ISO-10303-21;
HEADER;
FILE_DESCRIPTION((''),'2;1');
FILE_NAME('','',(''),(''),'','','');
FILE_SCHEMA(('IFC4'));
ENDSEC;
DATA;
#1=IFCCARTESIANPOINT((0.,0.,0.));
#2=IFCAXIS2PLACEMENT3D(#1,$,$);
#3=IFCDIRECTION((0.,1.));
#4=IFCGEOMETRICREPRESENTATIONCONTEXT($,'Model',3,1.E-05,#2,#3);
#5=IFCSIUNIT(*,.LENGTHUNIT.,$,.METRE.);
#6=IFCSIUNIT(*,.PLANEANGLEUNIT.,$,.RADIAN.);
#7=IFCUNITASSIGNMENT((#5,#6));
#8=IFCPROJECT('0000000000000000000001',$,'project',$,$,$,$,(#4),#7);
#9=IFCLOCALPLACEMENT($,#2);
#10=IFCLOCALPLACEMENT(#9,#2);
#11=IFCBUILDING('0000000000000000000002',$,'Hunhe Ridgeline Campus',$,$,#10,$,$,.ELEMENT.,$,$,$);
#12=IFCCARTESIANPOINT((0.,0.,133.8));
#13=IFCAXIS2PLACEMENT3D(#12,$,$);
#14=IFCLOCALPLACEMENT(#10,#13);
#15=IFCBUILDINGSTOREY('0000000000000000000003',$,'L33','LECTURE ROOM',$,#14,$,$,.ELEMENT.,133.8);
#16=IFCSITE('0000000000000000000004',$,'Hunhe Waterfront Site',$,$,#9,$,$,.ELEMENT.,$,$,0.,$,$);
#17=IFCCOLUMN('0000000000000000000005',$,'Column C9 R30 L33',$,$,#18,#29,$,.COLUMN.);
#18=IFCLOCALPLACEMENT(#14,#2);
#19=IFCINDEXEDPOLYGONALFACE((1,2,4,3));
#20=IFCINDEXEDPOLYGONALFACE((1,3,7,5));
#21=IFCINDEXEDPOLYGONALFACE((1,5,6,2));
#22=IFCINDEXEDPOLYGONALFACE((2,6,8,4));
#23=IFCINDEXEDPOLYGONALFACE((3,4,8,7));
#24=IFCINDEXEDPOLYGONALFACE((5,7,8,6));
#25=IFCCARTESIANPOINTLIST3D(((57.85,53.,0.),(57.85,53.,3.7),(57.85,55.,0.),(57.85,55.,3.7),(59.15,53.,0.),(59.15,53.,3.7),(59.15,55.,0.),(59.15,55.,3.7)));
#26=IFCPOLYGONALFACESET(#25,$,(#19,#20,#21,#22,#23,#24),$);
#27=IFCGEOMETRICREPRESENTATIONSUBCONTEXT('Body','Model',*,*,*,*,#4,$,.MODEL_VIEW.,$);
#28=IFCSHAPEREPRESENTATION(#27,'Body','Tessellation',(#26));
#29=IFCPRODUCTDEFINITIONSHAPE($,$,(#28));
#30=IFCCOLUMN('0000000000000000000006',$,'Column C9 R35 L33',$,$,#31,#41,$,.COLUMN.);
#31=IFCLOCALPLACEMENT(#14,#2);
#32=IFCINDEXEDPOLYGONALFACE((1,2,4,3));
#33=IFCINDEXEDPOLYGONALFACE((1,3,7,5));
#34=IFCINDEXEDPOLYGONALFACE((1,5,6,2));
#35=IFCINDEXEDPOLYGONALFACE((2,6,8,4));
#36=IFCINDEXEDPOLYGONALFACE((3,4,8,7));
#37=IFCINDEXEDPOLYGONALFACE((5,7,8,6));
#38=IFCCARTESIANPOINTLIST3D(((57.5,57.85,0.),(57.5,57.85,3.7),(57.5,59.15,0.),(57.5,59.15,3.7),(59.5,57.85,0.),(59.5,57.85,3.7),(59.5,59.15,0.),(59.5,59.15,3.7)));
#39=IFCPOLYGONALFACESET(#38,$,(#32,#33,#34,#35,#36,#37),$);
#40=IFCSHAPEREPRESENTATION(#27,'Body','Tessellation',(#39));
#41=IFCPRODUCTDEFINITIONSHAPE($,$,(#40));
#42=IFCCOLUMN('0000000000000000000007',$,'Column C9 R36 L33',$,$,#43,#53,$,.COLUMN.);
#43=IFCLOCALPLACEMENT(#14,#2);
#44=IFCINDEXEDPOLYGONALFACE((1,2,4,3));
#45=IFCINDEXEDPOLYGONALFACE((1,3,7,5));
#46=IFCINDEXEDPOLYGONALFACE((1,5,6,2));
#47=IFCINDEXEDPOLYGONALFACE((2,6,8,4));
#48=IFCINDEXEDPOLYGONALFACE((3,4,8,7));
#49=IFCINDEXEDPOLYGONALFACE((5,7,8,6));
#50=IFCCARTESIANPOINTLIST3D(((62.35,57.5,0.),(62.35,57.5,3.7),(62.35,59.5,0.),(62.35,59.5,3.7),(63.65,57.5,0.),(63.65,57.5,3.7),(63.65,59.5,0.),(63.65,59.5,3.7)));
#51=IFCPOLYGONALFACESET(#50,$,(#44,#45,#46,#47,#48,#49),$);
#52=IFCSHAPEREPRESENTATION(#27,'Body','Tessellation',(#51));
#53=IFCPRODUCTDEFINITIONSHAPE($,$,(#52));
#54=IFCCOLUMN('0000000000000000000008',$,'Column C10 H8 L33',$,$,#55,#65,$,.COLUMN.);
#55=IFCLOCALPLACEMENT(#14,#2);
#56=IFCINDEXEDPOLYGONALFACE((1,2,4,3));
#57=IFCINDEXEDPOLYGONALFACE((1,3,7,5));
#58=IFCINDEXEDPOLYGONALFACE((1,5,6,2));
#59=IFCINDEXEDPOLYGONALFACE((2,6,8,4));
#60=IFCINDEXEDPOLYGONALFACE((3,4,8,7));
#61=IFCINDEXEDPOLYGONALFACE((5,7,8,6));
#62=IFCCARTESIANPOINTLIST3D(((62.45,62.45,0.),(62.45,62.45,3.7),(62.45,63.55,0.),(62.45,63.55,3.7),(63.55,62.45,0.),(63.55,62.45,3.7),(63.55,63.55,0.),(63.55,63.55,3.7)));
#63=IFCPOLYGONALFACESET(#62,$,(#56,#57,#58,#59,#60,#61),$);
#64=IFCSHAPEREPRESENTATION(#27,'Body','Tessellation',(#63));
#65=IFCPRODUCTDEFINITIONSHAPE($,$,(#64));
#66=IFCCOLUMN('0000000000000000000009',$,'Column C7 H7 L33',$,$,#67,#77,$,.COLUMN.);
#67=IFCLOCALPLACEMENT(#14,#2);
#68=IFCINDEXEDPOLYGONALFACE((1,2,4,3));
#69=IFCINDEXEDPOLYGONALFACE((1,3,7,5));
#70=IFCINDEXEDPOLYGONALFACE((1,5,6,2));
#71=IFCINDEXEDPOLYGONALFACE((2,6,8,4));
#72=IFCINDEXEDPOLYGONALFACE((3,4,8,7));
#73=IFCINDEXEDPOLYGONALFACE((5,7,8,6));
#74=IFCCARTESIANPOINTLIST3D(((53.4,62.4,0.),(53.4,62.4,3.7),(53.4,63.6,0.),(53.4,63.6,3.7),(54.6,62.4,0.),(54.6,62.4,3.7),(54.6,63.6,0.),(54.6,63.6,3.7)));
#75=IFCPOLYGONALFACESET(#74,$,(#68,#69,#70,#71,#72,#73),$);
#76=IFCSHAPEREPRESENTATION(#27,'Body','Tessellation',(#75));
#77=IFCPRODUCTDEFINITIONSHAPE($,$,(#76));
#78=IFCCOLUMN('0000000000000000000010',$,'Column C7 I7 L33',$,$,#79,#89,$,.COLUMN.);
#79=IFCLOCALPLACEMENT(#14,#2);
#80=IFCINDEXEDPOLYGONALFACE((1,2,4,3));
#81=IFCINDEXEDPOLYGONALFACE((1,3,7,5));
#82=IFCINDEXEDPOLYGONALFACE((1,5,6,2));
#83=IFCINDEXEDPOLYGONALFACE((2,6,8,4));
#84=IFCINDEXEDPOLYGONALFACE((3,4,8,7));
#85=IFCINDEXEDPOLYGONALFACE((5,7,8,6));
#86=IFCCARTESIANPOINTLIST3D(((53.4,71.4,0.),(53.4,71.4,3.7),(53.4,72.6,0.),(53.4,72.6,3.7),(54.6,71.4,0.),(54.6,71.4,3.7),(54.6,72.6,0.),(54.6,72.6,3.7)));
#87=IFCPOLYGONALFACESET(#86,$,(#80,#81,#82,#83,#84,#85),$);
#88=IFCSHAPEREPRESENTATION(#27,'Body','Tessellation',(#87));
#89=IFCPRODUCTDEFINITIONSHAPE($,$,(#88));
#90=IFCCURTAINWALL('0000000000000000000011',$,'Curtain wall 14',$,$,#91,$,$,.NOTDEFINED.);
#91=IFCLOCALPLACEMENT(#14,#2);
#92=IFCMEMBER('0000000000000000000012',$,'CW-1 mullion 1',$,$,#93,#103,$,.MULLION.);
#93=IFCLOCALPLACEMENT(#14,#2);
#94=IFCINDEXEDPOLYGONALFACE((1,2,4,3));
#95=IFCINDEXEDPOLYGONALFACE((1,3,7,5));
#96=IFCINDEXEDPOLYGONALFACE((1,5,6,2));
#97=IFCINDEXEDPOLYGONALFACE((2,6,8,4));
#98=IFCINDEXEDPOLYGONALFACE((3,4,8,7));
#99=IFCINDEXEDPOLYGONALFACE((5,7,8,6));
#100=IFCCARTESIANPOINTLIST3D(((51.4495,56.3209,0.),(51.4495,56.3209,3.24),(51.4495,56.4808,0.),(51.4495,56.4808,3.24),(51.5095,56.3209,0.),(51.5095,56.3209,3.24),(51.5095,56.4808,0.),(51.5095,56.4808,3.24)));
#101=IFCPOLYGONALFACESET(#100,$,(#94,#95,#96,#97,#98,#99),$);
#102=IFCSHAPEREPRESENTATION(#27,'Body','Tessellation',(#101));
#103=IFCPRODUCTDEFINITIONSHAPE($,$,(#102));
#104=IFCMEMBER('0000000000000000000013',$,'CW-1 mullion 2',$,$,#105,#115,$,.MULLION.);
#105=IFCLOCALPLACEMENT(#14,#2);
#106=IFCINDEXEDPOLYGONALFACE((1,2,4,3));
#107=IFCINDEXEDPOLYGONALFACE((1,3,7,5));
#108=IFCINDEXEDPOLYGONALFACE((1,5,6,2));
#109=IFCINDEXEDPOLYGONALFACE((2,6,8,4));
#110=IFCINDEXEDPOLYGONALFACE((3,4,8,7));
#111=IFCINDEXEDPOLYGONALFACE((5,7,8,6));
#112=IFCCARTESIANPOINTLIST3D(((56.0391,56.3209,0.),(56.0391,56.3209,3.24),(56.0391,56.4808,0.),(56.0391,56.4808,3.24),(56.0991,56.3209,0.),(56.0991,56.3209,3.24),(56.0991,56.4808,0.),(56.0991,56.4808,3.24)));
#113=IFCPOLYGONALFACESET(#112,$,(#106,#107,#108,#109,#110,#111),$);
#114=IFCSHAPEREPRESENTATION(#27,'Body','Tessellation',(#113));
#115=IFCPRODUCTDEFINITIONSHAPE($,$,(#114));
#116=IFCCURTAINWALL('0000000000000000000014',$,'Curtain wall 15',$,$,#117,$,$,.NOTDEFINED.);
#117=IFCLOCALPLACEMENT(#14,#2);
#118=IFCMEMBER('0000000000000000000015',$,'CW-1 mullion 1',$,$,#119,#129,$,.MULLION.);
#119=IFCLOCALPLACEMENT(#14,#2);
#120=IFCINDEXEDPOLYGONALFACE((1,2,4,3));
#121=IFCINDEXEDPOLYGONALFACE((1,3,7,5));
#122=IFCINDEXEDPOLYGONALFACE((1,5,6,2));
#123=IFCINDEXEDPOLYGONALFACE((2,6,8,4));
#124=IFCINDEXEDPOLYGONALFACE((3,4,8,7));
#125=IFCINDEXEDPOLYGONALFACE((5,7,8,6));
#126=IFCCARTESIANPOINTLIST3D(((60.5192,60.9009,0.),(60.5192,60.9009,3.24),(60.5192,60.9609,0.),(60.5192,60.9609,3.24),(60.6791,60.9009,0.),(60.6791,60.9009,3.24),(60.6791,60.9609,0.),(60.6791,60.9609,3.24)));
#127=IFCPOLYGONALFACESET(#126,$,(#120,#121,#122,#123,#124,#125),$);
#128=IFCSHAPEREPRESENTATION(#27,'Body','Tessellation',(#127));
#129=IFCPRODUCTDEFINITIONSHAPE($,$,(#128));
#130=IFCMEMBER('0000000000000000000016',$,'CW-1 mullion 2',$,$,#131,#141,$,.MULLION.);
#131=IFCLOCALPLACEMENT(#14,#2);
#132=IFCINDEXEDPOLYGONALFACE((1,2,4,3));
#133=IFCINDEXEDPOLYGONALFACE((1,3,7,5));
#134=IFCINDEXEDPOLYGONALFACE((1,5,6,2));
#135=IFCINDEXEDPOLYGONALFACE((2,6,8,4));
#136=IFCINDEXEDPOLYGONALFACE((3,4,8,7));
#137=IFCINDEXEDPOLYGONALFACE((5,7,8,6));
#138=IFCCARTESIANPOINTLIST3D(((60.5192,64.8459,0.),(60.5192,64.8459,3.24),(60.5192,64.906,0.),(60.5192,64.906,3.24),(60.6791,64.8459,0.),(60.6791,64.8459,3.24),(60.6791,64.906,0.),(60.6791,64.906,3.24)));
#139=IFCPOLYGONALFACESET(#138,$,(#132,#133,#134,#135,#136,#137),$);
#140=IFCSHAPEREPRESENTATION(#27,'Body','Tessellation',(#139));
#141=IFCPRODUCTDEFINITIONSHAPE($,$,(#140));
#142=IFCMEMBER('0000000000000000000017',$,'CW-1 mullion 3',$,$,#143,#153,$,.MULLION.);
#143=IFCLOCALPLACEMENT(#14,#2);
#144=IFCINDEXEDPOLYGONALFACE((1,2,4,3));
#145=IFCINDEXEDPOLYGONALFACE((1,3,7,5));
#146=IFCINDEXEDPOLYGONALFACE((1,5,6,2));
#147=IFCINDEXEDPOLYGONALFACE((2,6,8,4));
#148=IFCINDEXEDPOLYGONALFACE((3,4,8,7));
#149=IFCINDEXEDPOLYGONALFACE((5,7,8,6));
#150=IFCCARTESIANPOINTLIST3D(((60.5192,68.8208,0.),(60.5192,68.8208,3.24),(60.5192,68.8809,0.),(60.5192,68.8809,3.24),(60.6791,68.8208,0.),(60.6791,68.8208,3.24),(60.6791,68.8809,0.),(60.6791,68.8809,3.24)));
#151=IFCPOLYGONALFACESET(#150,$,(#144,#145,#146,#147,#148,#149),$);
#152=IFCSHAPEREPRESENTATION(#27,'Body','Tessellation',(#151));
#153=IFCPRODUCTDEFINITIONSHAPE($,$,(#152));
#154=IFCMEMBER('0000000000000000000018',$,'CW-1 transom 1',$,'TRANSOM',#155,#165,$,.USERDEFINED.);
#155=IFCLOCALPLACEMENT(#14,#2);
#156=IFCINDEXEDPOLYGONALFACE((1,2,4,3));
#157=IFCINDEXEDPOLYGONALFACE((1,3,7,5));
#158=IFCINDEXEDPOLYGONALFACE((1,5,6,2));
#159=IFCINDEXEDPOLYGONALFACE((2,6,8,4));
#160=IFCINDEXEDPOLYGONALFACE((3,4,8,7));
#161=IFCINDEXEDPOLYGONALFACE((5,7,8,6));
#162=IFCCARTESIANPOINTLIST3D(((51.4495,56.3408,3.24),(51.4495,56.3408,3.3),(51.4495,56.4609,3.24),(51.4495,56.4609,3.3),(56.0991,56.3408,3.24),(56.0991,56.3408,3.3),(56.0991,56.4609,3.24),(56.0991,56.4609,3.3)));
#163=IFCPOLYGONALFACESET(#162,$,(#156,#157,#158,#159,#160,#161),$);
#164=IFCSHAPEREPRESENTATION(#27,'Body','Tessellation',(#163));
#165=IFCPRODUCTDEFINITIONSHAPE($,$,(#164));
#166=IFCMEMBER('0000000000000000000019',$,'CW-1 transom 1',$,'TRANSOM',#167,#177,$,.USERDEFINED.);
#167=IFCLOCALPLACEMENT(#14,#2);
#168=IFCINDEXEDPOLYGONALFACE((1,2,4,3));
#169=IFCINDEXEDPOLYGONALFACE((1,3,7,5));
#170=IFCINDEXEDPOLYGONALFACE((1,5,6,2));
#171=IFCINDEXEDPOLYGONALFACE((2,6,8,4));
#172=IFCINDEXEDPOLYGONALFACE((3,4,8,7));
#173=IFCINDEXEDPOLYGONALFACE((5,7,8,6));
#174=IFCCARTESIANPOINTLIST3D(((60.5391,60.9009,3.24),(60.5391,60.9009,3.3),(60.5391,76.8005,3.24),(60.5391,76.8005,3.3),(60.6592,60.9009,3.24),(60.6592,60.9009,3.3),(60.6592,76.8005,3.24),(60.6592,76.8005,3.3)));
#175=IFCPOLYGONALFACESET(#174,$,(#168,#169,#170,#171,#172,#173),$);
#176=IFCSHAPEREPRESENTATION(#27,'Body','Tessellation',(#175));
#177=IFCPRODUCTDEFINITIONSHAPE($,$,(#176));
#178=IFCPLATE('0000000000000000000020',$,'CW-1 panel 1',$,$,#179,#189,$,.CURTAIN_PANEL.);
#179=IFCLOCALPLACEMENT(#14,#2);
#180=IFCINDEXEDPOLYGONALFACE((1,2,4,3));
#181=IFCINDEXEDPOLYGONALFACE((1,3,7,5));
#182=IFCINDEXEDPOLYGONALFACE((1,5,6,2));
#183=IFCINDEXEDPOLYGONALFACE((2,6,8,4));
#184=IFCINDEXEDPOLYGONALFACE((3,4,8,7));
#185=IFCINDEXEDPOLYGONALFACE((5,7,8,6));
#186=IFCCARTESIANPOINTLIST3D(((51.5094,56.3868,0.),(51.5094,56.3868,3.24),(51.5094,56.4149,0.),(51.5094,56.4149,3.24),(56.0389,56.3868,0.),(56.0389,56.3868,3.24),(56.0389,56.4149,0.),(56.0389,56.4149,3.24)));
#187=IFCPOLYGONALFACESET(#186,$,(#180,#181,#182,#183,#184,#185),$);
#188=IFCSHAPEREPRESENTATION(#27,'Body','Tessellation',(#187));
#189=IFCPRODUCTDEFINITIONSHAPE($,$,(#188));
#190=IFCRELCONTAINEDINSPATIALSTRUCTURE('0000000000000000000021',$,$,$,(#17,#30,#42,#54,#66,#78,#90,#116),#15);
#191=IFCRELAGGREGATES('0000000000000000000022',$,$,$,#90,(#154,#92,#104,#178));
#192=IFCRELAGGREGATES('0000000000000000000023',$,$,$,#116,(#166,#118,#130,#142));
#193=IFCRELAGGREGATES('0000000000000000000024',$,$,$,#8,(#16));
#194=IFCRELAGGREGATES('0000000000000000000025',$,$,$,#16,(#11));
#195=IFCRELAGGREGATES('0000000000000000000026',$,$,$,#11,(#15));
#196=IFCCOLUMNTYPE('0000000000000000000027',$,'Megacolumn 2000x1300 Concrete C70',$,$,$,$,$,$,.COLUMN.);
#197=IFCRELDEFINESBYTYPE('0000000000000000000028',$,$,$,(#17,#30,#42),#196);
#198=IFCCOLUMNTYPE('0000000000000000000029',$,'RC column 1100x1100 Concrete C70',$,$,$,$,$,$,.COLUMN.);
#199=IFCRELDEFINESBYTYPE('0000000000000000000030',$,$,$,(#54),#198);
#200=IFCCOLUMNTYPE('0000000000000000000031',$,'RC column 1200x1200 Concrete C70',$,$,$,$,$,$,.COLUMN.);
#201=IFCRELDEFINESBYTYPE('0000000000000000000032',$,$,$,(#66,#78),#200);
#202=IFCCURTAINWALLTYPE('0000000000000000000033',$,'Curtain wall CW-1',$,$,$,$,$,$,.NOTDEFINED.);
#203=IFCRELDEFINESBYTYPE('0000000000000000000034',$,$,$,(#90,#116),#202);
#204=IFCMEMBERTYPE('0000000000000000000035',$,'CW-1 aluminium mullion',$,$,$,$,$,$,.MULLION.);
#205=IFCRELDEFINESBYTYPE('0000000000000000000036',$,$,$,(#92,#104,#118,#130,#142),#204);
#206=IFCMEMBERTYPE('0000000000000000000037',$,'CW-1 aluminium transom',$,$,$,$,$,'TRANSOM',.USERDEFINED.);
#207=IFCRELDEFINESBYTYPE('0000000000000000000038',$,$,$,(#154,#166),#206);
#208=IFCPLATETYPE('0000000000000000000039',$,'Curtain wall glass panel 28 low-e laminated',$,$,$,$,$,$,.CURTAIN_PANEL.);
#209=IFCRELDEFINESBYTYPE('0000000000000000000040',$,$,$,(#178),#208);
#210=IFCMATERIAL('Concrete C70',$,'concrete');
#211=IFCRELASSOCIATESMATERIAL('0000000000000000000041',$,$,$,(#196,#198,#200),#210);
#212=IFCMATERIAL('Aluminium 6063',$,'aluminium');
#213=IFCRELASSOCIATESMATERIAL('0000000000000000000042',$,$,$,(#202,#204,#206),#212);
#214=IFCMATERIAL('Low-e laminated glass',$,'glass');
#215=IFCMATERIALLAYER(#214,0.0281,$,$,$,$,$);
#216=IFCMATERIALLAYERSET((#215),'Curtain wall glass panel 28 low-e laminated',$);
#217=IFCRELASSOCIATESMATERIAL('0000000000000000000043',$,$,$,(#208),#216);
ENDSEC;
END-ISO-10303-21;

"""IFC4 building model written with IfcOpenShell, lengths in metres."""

from ifc_helpers import new_model, si_unit, direction, frame, origin, origin_2d, place, context, subcontext, project, spatial, rectangle, extrude, material, layer, layer_set, material_profile, profile_set, type_object, element, aggregate, save


model = new_model("IFC4")

# Units and contexts
model_context = context("Model", 3, precision=1e-05, world=origin(), true_north=direction((0.0, 1.0)))
body_context = subcontext(model_context, "Body", "Model", "MODEL_VIEW")
ifc_project = project(units=[si_unit("LENGTHUNIT", "METRE"), si_unit("PLANEANGLEUNIT", "RADIAN")], contexts=[model_context])

# Site, building, storey
site_placement = place(None, origin())
site = spatial("IfcSite", under=ifc_project, at=site_placement, Name="Hunhe Waterfront Site", CompositionType="ELEMENT", RefElevation=0.0)
building_placement = place(site_placement, origin())
building = spatial("IfcBuilding", under=site, at=building_placement, Name="Hunhe Ridgeline Campus", CompositionType="ELEMENT")
storey_placement = place(building_placement, frame((0.0, 0.0, 133.8)))
storey = spatial("IfcBuildingStorey", under=building, at=storey_placement, Name="L33", Description="LECTURE ROOM", CompositionType="ELEMENT", Elevation=133.8)

# Columns
ifc_material_1 = material(Name="Concrete C70", Category="concrete")
ifc_material_profile_1 = material_profile(ifc_material_1, rectangle(XDim=2.0, YDim=1.3, at=origin_2d()))
ifc_profile_set_1 = profile_set([ifc_material_profile_1], Name="Concrete C70")
column_type_1 = type_object("IfcColumnType", Name="Megacolumn 2000x1300 Concrete C70", PredefinedType="COLUMN", material=ifc_profile_set_1)
for number, where, z_axis, x_axis, name in (
    (1, (58.5, 54.0, 0.0), (0.0, 0.0, 1.0), (0.0, 1.0, 0.0), "Column C9 R30 L33"),
    (2, (58.5, 58.5, 0.0), (0.0, 0.0, 1.0), (1.0, 0.0, 0.0), "Column C9 R35 L33"),
    (3, (63.0, 58.5, 0.0), (0.0, 0.0, 1.0), (0.0, 1.0, 0.0), "Column C9 R36 L33"),
):
    element("IfcColumn", number, at=place(storey_placement, frame(where, z_axis=z_axis, x_axis=x_axis)), inside=storey, type_object=column_type_1, Name=name, PredefinedType="COLUMN", context=body_context, shape_type="SweptSolid", body=[
        extrude(rectangle(XDim=2.0, YDim=1.3, at=origin_2d()), origin(), (0.0, 0.0, 1.0), 3.7),
    ])
ifc_material_profile_2 = material_profile(ifc_material_1, rectangle(XDim=1.1001, YDim=1.1001, at=origin_2d()))
ifc_profile_set_2 = profile_set([ifc_material_profile_2], Name="Concrete C70")
column_type_2 = type_object("IfcColumnType", Name="RC column 1100x1100 Concrete C70", PredefinedType="COLUMN", material=ifc_profile_set_2)
column_placement = place(storey_placement, frame((63.0, 63.0, 0.0), z_axis=(0.0, 0.0, 1.0), x_axis=(1.0, 0.0, 0.0)))
element("IfcColumn", 4, at=column_placement, inside=storey, type_object=column_type_2, Name="Column C10 H8 L33", PredefinedType="COLUMN", context=body_context, shape_type="SweptSolid", body=[
    extrude(rectangle(XDim=1.1001, YDim=1.1001, at=origin_2d()), origin(), (0.0, 0.0, 1.0), 3.7),
])
ifc_material_profile_3 = material_profile(ifc_material_1, rectangle(XDim=1.2, YDim=1.2, at=origin_2d()))
ifc_profile_set_3 = profile_set([ifc_material_profile_3], Name="Concrete C70")
column_type_3 = type_object("IfcColumnType", Name="RC column 1200x1200 Concrete C70", PredefinedType="COLUMN", material=ifc_profile_set_3)
for number, where, z_axis, x_axis, name in (
    (5, (54.0, 63.0, 0.0), (0.0, 0.0, 1.0), (1.0, 0.0, 0.0), "Column C7 H7 L33"),
    (6, (54.0, 72.0, 0.0), (0.0, 0.0, 1.0), (1.0, 0.0, 0.0), "Column C7 I7 L33"),
):
    element("IfcColumn", number, at=place(storey_placement, frame(where, z_axis=z_axis, x_axis=x_axis)), inside=storey, type_object=column_type_3, Name=name, PredefinedType="COLUMN", context=body_context, shape_type="SweptSolid", body=[
        extrude(rectangle(XDim=1.2, YDim=1.2, at=origin_2d()), origin(), (0.0, 0.0, 1.0), 3.7),
    ])

# Curtain walls, members
ifc_material_2 = material(Name="Aluminium 6063", Category="aluminium")
curtain_wall_type = type_object("IfcCurtainWallType", Name="Curtain wall CW-1", PredefinedType="NOTDEFINED", material=ifc_material_2)
curtain_wall_1_placement = place(storey_placement, origin())
curtain_wall_1 = element("IfcCurtainWall", 7, at=curtain_wall_1_placement, inside=storey, type_object=curtain_wall_type, Name="Curtain wall 14", PredefinedType="NOTDEFINED")
ifc_material_profile_4 = material_profile(ifc_material_2, rectangle(XDim=0.1599, YDim=0.0601, at=origin_2d()))
ifc_profile_set_4 = profile_set([ifc_material_profile_4], Name="Aluminium 6063")
member_type_1 = type_object("IfcMemberType", Name="CW-1 aluminium mullion", PredefinedType="MULLION", material=ifc_profile_set_4)
member_1_placement = place(storey_placement, frame((51.4795, 56.4009, 0.0), z_axis=(0.0, 0.0, 1.0), x_axis=(-0.000002, 1.0, 0.0)))
member_1 = element("IfcMember", 8, at=member_1_placement, type_object=member_type_1, Name="CW-1 mullion 1", PredefinedType="MULLION", context=body_context, shape_type="SweptSolid", body=[
    extrude(rectangle(XDim=0.1599, YDim=0.0601, at=origin_2d()), origin(), (0.0, 0.0, 1.0), 3.24),
])
member_2_placement = place(storey_placement, frame((56.0691, 56.4009, 0.0), z_axis=(0.0, 0.0, 1.0), x_axis=(-0.000002, 1.0, 0.0)))
member_2 = element("IfcMember", 9, at=member_2_placement, type_object=member_type_1, Name="CW-1 mullion 2", PredefinedType="MULLION", context=body_context, shape_type="SweptSolid", body=[
    extrude(rectangle(XDim=0.1599, YDim=0.0601, at=origin_2d()), origin(), (0.0, 0.0, 1.0), 3.24),
])
curtain_wall_2_placement = place(storey_placement, origin())
curtain_wall_2 = element("IfcCurtainWall", 10, at=curtain_wall_2_placement, inside=storey, type_object=curtain_wall_type, Name="Curtain wall 15", PredefinedType="NOTDEFINED")
member_3_placement = place(storey_placement, frame((60.5991, 60.9309, 0.0), z_axis=(0.0, 0.0, 1.0), x_axis=(-1.0, 0.0, 0.0)))
member_3 = element("IfcMember", 11, at=member_3_placement, type_object=member_type_1, Name="CW-1 mullion 1", PredefinedType="MULLION", context=body_context, shape_type="SweptSolid", body=[
    extrude(rectangle(XDim=0.1599, YDim=0.0601, at=origin_2d()), origin(), (0.0, 0.0, 1.0), 3.24),
])
member_4_placement = place(storey_placement, frame((60.5991, 64.876, 0.0), z_axis=(0.0, 0.0, 1.0), x_axis=(-1.0, 0.0, 0.0)))
member_4 = element("IfcMember", 12, at=member_4_placement, type_object=member_type_1, Name="CW-1 mullion 2", PredefinedType="MULLION", context=body_context, shape_type="SweptSolid", body=[
    extrude(rectangle(XDim=0.1599, YDim=0.0601, at=origin_2d()), origin(), (0.0, 0.0, 1.0), 3.24),
])
member_5_placement = place(storey_placement, frame((60.5991, 68.8508, 0.0), z_axis=(0.0, 0.0, 1.0), x_axis=(-1.0, 0.0, 0.0)))
member_5 = element("IfcMember", 13, at=member_5_placement, type_object=member_type_1, Name="CW-1 mullion 3", PredefinedType="MULLION", context=body_context, shape_type="SweptSolid", body=[
    extrude(rectangle(XDim=0.1599, YDim=0.0601, at=origin_2d()), origin(), (0.0, 0.0, 1.0), 3.24),
])

# Members
ifc_material_profile_5 = material_profile(ifc_material_2, rectangle(XDim=0.1201, YDim=0.0601, at=origin_2d()))
ifc_profile_set_5 = profile_set([ifc_material_profile_5], Name="Aluminium 6063")
member_type_2 = type_object("IfcMemberType", Name="CW-1 aluminium transom", ElementType="TRANSOM", PredefinedType="USERDEFINED", material=ifc_profile_set_5)
member_6_placement = place(storey_placement, frame((51.4495, 56.4009, 3.27), z_axis=(1.0, 0.0, 0.0), x_axis=(0.0, 1.0, 0.0)))
member_6 = element("IfcMember", 14, at=member_6_placement, type_object=member_type_2, Name="CW-1 transom 1", ObjectType="TRANSOM", PredefinedType="USERDEFINED", context=body_context, shape_type="SweptSolid", body=[
    extrude(rectangle(XDim=0.1201, YDim=0.0601, at=origin_2d()), origin(), (0.0, 0.0, 1.0), 4.6497),
])
member_7_placement = place(storey_placement, frame((60.5991, 60.9009, 3.27), z_axis=(0.0, 1.0, 0.0), x_axis=(-1.0, 0.0, 0.0)))
member_7 = element("IfcMember", 15, at=member_7_placement, type_object=member_type_2, Name="CW-1 transom 1", ObjectType="TRANSOM", PredefinedType="USERDEFINED", context=body_context, shape_type="SweptSolid", body=[
    extrude(rectangle(XDim=0.1201, YDim=0.0601, at=origin_2d()), origin(), (0.0, 0.0, 1.0), 15.8997),
])

# Plate
ifc_material_3 = material(Name="Low-e laminated glass", Category="glass")
ifc_layer_1 = layer(ifc_material_3, 0.0281)
ifc_layer_set_1 = layer_set([ifc_layer_1], Name="Curtain wall glass panel 28 low-e laminated")
plate_type = type_object("IfcPlateType", Name="Curtain wall glass panel 28 low-e laminated", PredefinedType="CURTAIN_PANEL", material=ifc_layer_set_1)
plate_1_placement = place(storey_placement, frame((53.7742, 56.4009, 0.0), z_axis=(0.0, 0.0, 1.0), x_axis=(1.0, 0.000002, 0.0)))
plate_1 = element("IfcPlate", 16, at=plate_1_placement, type_object=plate_type, Name="CW-1 panel 1", PredefinedType="CURTAIN_PANEL", context=body_context, shape_type="SweptSolid", body=[
    extrude(rectangle(XDim=4.5295, YDim=0.0281, at=origin_2d()), origin(), (0.0, 0.0, 1.0), 3.24),
])
aggregate(curtain_wall_1, [member_6, member_1, member_2, plate_1])
aggregate(curtain_wall_2, [member_7, member_3, member_4, member_5])

save(model, "model.ifc")
